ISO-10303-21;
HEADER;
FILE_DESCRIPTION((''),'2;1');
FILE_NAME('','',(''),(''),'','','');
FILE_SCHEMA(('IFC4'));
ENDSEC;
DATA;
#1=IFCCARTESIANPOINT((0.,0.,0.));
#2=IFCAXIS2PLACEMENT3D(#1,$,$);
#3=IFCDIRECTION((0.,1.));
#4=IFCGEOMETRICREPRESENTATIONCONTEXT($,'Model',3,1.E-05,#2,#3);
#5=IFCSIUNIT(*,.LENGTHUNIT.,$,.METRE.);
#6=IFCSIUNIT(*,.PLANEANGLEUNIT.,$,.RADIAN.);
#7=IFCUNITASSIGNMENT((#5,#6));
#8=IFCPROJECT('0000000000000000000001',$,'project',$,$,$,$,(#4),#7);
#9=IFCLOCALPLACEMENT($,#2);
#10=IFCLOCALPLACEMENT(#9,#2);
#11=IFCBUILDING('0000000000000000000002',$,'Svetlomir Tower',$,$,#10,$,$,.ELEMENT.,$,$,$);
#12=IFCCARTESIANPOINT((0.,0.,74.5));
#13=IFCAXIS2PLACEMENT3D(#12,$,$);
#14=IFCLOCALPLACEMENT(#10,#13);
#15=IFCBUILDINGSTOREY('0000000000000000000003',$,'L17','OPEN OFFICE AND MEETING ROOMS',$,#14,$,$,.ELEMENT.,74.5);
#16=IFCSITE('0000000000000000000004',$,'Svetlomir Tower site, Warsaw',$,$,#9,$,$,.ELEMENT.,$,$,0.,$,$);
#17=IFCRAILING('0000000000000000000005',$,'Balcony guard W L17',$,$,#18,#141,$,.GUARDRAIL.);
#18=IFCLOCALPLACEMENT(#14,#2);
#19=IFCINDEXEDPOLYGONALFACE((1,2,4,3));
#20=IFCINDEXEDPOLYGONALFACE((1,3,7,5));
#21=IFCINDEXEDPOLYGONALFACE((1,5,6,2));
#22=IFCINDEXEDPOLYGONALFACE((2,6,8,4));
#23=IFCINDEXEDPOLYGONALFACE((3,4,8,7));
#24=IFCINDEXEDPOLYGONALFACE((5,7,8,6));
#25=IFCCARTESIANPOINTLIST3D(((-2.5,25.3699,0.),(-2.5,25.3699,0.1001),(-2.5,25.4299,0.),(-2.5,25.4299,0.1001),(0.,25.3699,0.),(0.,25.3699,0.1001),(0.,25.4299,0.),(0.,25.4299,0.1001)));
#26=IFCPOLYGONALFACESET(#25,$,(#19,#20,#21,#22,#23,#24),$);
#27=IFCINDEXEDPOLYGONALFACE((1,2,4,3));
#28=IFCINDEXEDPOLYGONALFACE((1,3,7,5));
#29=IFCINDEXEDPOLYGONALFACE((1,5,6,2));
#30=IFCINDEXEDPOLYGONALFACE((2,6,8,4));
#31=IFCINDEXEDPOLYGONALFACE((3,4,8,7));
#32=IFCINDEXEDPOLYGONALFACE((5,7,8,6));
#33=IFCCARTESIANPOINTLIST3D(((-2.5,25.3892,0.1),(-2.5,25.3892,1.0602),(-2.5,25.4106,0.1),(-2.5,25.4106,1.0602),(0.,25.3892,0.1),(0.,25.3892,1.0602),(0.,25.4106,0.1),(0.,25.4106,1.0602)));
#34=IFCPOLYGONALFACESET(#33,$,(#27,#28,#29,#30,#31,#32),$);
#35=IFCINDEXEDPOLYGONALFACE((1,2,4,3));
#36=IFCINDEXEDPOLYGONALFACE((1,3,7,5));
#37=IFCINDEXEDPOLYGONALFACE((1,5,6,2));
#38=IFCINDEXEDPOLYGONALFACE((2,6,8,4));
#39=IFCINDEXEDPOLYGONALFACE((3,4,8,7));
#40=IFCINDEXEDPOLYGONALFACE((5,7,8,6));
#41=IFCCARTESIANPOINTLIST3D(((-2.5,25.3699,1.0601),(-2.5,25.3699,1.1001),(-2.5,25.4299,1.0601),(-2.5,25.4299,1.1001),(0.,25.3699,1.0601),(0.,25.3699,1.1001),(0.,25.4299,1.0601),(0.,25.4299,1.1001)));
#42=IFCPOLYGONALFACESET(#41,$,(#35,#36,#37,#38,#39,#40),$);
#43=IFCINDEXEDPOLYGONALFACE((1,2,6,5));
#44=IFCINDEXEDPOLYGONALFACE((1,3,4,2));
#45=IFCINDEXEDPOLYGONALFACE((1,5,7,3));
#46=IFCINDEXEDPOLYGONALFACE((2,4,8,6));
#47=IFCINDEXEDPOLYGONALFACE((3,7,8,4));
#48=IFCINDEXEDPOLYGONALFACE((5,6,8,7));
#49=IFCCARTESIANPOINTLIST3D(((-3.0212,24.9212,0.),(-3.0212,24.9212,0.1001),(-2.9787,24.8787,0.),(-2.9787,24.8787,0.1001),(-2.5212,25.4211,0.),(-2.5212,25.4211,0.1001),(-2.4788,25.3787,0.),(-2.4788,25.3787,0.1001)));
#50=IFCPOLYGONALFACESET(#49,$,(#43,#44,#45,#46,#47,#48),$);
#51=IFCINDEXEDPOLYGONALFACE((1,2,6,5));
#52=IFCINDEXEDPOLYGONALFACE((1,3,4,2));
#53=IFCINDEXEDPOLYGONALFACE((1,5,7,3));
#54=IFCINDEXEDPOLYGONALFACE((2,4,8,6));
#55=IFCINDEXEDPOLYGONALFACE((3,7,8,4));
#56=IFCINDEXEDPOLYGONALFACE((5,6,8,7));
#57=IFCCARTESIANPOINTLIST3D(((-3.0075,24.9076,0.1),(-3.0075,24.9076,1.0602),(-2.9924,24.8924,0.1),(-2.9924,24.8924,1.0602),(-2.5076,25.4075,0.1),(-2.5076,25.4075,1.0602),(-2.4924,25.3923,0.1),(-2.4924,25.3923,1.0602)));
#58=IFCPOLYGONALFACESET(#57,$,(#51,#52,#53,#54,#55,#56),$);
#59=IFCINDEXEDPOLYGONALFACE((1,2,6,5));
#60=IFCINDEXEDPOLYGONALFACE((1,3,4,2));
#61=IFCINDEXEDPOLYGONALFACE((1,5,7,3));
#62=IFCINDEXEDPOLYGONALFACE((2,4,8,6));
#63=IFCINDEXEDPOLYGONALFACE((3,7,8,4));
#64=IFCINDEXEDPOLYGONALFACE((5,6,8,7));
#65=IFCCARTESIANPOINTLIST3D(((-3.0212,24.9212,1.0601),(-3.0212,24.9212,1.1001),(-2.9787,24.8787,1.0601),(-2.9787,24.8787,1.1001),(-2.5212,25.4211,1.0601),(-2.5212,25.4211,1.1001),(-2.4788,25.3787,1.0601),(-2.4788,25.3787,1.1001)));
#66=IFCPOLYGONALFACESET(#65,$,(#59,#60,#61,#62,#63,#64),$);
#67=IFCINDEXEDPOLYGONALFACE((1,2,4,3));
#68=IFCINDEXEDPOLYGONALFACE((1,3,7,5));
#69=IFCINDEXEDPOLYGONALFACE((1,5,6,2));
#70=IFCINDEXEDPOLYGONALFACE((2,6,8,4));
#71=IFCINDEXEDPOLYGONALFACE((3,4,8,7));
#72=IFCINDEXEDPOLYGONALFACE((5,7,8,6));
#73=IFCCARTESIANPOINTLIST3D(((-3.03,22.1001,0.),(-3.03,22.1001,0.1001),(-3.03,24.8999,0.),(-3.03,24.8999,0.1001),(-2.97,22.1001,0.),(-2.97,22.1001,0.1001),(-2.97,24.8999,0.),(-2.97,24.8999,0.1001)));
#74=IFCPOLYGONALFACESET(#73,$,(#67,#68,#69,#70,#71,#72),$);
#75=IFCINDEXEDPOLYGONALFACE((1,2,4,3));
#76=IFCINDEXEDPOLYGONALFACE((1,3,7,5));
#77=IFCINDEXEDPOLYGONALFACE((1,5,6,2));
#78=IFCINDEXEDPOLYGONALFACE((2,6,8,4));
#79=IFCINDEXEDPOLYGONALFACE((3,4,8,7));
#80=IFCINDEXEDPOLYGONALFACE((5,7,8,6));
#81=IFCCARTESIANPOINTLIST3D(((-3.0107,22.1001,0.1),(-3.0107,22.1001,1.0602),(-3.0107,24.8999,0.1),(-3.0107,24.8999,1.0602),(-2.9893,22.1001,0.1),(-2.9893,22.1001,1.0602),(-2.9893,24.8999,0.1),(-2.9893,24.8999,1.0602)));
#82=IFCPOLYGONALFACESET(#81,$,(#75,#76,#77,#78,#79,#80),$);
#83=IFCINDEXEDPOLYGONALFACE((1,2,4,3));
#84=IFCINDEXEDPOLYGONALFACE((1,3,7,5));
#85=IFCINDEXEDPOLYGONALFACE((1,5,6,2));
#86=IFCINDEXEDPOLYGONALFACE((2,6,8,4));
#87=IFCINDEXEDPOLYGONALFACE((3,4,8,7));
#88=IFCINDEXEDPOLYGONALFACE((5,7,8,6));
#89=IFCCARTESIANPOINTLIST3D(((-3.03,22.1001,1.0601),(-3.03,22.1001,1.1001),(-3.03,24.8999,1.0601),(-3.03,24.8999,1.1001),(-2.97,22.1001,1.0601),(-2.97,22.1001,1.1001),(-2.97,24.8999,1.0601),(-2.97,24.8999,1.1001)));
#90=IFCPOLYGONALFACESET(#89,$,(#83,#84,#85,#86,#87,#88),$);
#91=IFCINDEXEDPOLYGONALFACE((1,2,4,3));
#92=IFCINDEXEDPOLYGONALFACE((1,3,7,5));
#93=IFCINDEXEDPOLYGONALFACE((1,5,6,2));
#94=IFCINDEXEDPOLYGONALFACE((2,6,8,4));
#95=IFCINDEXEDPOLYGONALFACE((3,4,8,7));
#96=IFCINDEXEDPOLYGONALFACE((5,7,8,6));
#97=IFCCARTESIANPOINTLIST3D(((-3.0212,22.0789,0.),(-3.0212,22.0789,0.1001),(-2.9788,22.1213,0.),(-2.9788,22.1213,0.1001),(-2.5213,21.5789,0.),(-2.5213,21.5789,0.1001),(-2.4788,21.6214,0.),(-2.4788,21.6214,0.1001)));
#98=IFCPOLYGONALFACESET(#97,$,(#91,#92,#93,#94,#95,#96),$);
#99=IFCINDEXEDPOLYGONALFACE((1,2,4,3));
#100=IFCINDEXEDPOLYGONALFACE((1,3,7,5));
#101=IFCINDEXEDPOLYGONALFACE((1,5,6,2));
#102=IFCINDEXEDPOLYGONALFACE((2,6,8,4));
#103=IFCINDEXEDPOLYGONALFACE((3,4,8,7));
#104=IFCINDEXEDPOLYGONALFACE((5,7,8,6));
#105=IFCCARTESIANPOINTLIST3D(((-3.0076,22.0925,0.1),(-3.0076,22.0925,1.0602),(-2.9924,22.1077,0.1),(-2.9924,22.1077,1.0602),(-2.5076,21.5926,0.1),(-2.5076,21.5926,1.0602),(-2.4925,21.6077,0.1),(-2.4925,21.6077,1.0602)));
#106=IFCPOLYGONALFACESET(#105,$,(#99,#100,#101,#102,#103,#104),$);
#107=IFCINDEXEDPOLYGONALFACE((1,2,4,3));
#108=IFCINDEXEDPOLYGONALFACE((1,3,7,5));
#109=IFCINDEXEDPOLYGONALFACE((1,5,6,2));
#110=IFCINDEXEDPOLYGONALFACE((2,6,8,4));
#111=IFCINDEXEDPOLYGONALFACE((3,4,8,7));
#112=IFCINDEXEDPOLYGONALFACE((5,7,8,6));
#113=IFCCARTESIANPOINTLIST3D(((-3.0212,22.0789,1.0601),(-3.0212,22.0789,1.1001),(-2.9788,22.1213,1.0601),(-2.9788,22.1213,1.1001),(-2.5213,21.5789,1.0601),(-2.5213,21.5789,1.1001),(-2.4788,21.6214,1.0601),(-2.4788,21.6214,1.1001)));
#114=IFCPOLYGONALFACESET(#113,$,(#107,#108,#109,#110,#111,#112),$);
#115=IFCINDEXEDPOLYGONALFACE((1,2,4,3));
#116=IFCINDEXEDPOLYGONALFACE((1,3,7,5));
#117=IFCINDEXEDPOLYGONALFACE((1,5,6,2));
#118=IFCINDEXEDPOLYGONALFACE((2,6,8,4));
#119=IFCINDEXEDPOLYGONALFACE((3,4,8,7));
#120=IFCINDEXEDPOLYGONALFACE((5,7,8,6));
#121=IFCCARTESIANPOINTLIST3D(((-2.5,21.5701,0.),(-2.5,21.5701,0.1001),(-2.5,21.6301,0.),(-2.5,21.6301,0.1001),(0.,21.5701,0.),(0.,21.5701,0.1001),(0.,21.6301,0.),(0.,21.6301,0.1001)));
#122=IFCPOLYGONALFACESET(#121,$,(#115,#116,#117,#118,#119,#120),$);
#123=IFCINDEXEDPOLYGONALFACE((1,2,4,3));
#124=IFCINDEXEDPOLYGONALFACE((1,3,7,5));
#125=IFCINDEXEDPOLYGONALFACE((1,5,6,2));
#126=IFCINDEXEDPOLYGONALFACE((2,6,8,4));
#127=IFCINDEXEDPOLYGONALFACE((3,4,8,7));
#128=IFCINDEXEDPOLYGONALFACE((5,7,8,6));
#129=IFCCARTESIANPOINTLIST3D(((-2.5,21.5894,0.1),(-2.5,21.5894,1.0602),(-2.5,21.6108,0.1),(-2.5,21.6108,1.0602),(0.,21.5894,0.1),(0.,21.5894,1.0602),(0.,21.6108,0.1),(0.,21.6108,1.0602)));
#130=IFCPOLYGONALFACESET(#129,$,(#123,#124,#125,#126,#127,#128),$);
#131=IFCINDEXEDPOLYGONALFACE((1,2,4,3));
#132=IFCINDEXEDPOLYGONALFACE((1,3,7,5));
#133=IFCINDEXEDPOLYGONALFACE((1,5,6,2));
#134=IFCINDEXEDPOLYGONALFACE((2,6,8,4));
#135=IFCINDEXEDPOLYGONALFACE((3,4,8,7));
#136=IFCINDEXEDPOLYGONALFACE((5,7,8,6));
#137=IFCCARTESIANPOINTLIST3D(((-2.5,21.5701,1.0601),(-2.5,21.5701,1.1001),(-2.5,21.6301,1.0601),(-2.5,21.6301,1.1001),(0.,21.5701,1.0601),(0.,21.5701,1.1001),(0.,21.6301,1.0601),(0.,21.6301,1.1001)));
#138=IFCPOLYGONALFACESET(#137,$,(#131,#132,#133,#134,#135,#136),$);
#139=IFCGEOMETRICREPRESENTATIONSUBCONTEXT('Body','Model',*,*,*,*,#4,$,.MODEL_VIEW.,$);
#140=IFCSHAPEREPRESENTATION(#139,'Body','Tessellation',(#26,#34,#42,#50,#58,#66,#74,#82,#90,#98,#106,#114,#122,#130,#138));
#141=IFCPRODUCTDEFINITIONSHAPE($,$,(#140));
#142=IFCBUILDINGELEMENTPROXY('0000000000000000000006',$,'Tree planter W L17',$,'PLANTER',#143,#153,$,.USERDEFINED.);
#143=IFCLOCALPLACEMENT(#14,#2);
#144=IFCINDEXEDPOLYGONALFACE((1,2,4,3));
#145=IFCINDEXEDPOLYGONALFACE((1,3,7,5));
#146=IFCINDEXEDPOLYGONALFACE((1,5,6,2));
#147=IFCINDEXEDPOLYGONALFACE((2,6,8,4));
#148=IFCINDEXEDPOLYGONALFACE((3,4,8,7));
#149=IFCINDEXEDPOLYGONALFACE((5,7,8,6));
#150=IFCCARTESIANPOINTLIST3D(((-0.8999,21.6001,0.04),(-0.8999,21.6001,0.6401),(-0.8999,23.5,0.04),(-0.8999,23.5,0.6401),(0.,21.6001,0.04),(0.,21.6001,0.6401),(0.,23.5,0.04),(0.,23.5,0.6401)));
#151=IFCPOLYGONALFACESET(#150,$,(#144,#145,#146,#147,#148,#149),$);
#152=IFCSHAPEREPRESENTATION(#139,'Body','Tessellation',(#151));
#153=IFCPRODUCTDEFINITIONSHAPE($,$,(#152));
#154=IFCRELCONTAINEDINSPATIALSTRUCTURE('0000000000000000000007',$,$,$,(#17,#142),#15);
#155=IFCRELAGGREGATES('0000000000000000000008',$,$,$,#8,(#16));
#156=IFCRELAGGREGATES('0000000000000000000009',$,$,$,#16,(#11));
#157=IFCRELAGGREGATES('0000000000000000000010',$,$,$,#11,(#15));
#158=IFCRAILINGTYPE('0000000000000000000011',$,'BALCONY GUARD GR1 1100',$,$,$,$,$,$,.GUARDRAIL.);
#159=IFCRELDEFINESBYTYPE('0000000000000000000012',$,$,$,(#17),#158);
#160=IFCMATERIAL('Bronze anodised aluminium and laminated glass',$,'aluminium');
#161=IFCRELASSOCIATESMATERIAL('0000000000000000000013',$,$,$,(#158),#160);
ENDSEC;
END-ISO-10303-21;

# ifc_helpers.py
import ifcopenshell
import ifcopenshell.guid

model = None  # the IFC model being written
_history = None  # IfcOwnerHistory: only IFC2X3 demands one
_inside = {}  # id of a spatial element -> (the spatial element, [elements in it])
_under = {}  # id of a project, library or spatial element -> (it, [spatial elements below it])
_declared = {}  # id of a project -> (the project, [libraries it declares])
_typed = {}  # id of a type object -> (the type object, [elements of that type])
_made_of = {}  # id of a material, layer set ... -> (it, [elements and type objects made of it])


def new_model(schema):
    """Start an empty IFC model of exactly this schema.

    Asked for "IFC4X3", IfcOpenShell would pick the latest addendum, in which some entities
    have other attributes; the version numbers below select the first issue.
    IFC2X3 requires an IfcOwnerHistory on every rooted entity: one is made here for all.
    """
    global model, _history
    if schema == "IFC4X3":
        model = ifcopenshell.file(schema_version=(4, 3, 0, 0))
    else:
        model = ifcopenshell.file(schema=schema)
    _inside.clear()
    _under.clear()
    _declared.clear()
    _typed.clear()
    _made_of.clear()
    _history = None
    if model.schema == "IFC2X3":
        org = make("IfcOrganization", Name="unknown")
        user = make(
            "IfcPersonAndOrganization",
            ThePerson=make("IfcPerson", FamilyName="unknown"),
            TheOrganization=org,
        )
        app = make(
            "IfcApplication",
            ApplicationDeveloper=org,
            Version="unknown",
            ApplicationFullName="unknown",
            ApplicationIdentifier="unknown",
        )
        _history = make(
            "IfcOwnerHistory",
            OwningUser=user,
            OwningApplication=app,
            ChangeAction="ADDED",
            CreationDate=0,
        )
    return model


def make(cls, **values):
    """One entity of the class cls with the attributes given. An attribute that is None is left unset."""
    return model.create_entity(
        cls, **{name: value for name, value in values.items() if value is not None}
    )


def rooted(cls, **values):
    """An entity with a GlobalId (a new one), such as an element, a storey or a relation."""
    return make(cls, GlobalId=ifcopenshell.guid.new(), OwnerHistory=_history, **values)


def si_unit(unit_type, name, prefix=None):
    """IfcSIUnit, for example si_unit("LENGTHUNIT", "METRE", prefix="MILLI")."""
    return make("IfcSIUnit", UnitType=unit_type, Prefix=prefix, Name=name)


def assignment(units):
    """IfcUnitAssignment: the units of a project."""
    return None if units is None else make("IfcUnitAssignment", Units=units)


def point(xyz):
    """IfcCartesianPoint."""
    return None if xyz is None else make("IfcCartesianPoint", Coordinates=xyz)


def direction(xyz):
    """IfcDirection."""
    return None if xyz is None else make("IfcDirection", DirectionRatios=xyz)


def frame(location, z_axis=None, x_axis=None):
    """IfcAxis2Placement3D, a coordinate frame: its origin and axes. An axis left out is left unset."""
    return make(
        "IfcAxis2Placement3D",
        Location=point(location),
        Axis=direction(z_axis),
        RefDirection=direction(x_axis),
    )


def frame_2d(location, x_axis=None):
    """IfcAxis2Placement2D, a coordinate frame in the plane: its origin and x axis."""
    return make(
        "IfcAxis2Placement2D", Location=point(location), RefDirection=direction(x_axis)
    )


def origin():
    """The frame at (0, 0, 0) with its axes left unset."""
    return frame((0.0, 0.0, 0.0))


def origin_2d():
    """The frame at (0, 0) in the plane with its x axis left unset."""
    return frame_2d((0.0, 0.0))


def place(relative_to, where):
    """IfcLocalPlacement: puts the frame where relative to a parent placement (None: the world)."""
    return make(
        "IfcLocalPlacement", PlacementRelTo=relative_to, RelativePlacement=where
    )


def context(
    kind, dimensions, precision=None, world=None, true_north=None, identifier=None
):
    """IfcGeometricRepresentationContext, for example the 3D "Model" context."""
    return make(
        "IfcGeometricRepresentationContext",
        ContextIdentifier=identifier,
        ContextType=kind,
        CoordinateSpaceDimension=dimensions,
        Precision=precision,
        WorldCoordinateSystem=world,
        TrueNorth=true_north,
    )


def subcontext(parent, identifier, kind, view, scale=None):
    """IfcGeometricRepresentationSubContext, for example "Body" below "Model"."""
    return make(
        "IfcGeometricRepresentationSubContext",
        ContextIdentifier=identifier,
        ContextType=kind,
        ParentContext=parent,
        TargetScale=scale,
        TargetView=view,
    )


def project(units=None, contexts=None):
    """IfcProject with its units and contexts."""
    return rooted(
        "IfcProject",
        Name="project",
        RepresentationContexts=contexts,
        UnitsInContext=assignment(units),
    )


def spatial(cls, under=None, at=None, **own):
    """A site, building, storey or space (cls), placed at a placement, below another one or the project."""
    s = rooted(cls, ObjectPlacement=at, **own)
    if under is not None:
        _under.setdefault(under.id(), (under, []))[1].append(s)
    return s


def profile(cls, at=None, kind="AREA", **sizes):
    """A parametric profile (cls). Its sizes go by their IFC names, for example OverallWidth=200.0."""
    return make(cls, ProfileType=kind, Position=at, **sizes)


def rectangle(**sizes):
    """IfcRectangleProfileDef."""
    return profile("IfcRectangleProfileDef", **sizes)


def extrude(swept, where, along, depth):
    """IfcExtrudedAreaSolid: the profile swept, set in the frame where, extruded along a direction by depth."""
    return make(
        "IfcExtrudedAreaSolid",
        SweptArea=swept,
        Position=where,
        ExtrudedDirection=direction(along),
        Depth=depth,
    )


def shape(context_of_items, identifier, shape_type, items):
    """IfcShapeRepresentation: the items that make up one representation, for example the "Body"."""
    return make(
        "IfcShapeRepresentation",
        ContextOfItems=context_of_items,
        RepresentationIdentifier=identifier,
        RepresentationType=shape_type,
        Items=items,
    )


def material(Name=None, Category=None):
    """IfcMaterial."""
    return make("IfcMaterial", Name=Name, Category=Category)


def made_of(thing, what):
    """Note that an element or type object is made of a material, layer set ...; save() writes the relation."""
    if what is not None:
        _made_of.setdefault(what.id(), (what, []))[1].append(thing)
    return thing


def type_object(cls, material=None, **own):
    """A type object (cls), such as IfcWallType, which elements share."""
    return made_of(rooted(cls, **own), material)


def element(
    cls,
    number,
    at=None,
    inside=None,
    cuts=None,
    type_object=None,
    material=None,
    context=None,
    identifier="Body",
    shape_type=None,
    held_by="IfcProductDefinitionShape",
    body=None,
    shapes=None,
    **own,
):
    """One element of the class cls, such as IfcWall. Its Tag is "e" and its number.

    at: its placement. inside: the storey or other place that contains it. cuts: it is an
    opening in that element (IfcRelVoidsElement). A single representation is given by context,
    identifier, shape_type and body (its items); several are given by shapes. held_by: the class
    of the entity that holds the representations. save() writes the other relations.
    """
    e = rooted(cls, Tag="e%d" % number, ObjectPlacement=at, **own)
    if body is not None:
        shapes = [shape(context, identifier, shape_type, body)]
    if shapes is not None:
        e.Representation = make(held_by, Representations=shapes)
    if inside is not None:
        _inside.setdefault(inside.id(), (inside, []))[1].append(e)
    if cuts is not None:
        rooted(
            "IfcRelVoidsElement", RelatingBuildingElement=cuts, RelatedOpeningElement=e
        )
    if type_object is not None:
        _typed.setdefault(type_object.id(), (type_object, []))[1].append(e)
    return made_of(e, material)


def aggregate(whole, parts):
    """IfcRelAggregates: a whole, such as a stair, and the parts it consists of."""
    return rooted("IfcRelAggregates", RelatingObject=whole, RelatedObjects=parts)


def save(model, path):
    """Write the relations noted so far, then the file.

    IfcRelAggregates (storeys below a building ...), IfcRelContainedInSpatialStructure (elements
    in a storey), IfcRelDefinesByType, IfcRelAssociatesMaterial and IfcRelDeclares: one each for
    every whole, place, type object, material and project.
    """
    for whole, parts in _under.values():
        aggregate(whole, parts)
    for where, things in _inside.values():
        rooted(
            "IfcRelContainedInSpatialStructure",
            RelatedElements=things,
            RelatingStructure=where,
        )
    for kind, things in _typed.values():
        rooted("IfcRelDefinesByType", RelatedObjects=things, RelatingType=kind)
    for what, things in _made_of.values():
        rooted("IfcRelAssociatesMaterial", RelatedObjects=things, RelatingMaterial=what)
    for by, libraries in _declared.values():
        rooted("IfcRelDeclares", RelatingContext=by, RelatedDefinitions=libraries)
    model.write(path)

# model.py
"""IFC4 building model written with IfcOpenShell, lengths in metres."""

from ifc_helpers import new_model, si_unit, direction, frame, origin, origin_2d, place, context, subcontext, project, spatial, rectangle, extrude, material, type_object, element, save


model = new_model("IFC4")

# Units and contexts
model_context = context("Model", 3, precision=1e-05, world=origin(), true_north=direction((0.0, 1.0)))
body_context = subcontext(model_context, "Body", "Model", "MODEL_VIEW")
ifc_project = project(units=[si_unit("LENGTHUNIT", "METRE"), si_unit("PLANEANGLEUNIT", "RADIAN")], contexts=[model_context])

# Site, building, storey
site_placement = place(None, origin())
site = spatial("IfcSite", under=ifc_project, at=site_placement, Name="Svetlomir Tower site, Warsaw", CompositionType="ELEMENT", RefElevation=0.0)
building_placement = place(site_placement, origin())
building = spatial("IfcBuilding", under=site, at=building_placement, Name="Svetlomir Tower", CompositionType="ELEMENT")
storey_placement = place(building_placement, frame((0.0, 0.0, 74.5)))
storey = spatial("IfcBuildingStorey", under=building, at=storey_placement, Name="L17", Description="OPEN OFFICE AND MEETING ROOMS", CompositionType="ELEMENT", Elevation=74.5)

# Railing
ifc_material_1 = material(Name="Bronze anodised aluminium and laminated glass", Category="aluminium")
railing_type = type_object("IfcRailingType", Name="BALCONY GUARD GR1 1100", PredefinedType="GUARDRAIL", material=ifc_material_1)
railing_placement = place(storey_placement, frame((0.0, 25.3999, 0.0)))
element("IfcRailing", 1, at=railing_placement, inside=storey, type_object=railing_type, Name="Balcony guard W L17", PredefinedType="GUARDRAIL", context=body_context, shape_type="SweptSolid", body=[
    extrude(rectangle(XDim=0.0601, YDim=0.1001, at=origin_2d()), frame((0.0, 0.0, 0.05), z_axis=(-1.0, 0.0, 0.0), x_axis=(0.0, -1.0, 0.0)), (0.0, 0.0, 1.0), 2.5),
    extrude(rectangle(XDim=0.0215, YDim=0.9602, at=origin_2d()), frame((0.0, 0.0, 0.5801), z_axis=(-1.0, 0.0, 0.0), x_axis=(0.0, -1.0, 0.0)), (0.0, 0.0, 1.0), 2.5),
    extrude(rectangle(XDim=0.0601, YDim=0.04, at=origin_2d()), frame((0.0, 0.0, 1.0801), z_axis=(-1.0, 0.0, 0.0), x_axis=(0.0, -1.0, 0.0)), (0.0, 0.0, 1.0), 2.5),
    extrude(rectangle(XDim=0.0601, YDim=0.1001, at=origin_2d()), frame((-2.5, 0.0, 0.05), z_axis=(-0.707107, -0.707107, 0.0), x_axis=(0.707107, -0.707107, 0.0)), (0.0, 0.0, 1.0), 0.707),
    extrude(rectangle(XDim=0.0215, YDim=0.9602, at=origin_2d()), frame((-2.5, 0.0, 0.5801), z_axis=(-0.707107, -0.707107, 0.0), x_axis=(0.707107, -0.707107, 0.0)), (0.0, 0.0, 1.0), 0.707),
    extrude(rectangle(XDim=0.0601, YDim=0.04, at=origin_2d()), frame((-2.5, 0.0, 1.0801), z_axis=(-0.707107, -0.707107, 0.0), x_axis=(0.707107, -0.707107, 0.0)), (0.0, 0.0, 1.0), 0.707),
    extrude(rectangle(XDim=0.0601, YDim=0.1001, at=origin_2d()), frame((-3.0, -0.5, 0.05), z_axis=(0.0, -1.0, 0.0), x_axis=(1.0, 0.0, 0.0)), (0.0, 0.0, 1.0), 2.7998),
    extrude(rectangle(XDim=0.0215, YDim=0.9602, at=origin_2d()), frame((-3.0, -0.5, 0.5801), z_axis=(0.0, -1.0, 0.0), x_axis=(1.0, 0.0, 0.0)), (0.0, 0.0, 1.0), 2.7998),
    extrude(rectangle(XDim=0.0601, YDim=0.04, at=origin_2d()), frame((-3.0, -0.5, 1.0801), z_axis=(0.0, -1.0, 0.0), x_axis=(1.0, 0.0, 0.0)), (0.0, 0.0, 1.0), 2.7998),
    extrude(rectangle(XDim=0.0601, YDim=0.1001, at=origin_2d()), frame((-3.0, -3.2998, 0.05), z_axis=(0.707107, -0.707107, 0.0), x_axis=(0.707107, 0.707107, 0.0)), (0.0, 0.0, 1.0), 0.707),
    extrude(rectangle(XDim=0.0215, YDim=0.9602, at=origin_2d()), frame((-3.0, -3.2998, 0.5801), z_axis=(0.707107, -0.707107, 0.0), x_axis=(0.707107, 0.707107, 0.0)), (0.0, 0.0, 1.0), 0.707),
    extrude(rectangle(XDim=0.0601, YDim=0.04, at=origin_2d()), frame((-3.0, -3.2998, 1.0801), z_axis=(0.707107, -0.707107, 0.0), x_axis=(0.707107, 0.707107, 0.0)), (0.0, 0.0, 1.0), 0.707),
    extrude(rectangle(XDim=0.0601, YDim=0.1001, at=origin_2d()), frame((-2.5, -3.7998, 0.05), z_axis=(1.0, 0.0, 0.0), x_axis=(0.0, 1.0, 0.0)), (0.0, 0.0, 1.0), 2.5),
    extrude(rectangle(XDim=0.0215, YDim=0.9602, at=origin_2d()), frame((-2.5, -3.7998, 0.5801), z_axis=(1.0, 0.0, 0.0), x_axis=(0.0, 1.0, 0.0)), (0.0, 0.0, 1.0), 2.5),
    extrude(rectangle(XDim=0.0601, YDim=0.04, at=origin_2d()), frame((-2.5, -3.7998, 1.0801), z_axis=(1.0, 0.0, 0.0), x_axis=(0.0, 1.0, 0.0)), (0.0, 0.0, 1.0), 2.5),
])

# Building element proxy
proxy_placement = place(storey_placement, frame((-0.45, 22.55, 0.04), z_axis=(0.0, 0.0, 1.0), x_axis=(1.0, 0.0, 0.0)))
element("IfcBuildingElementProxy", 2, at=proxy_placement, inside=storey, Name="Tree planter W L17", ObjectType="PLANTER", PredefinedType="USERDEFINED", context=body_context, shape_type="SweptSolid", body=[
    extrude(rectangle(XDim=0.8999, YDim=1.8999, at=origin_2d()), origin(), (0.0, 0.0, 1.0), 0.6001),
])

save(model, "model.ifc")
